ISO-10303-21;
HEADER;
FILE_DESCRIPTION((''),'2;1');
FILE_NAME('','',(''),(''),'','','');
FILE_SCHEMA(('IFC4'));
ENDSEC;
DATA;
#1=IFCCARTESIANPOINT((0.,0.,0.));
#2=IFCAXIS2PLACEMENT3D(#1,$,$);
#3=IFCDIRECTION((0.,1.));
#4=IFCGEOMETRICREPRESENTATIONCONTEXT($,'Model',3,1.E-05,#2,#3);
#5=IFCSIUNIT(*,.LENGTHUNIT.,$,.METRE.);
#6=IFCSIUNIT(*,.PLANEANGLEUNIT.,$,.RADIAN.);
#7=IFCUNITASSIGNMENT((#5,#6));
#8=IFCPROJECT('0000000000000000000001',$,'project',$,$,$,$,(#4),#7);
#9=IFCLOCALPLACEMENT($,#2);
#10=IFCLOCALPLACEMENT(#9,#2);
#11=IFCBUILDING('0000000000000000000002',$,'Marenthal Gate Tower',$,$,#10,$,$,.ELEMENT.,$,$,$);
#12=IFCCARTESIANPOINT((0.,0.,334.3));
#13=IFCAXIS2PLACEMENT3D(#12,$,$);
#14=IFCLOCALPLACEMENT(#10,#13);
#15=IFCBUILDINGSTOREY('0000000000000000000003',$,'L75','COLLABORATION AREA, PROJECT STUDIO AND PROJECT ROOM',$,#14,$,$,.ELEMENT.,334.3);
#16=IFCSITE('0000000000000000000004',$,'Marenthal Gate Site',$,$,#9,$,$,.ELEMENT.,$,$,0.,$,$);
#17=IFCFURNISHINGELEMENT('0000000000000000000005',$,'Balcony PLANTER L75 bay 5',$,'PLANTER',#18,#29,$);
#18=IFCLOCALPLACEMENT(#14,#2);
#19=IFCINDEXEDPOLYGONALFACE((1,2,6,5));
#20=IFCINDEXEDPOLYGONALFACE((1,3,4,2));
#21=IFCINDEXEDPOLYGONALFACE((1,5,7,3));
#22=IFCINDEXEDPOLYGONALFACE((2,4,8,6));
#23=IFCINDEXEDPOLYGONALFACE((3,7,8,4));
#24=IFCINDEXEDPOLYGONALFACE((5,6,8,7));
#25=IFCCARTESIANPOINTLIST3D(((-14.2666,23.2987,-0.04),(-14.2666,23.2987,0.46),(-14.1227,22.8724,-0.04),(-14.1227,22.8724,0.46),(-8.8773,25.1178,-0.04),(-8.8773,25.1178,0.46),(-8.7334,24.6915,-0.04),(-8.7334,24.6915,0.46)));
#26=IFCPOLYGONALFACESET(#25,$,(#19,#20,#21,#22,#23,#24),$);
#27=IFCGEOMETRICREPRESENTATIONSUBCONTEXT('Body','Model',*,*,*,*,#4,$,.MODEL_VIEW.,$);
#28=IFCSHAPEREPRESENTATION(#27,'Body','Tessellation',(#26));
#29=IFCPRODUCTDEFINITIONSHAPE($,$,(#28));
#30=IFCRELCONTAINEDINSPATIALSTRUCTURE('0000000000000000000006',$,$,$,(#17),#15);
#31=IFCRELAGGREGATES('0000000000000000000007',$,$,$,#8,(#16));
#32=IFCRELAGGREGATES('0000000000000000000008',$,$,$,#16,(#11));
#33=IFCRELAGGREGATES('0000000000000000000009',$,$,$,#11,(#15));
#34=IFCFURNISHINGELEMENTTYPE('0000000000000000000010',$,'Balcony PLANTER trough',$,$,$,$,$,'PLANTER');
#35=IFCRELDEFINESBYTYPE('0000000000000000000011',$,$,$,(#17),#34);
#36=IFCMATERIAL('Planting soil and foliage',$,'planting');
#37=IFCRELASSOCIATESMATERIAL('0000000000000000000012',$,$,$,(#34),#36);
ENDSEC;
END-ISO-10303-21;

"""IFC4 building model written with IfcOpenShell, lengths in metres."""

from ifc_helpers import new_model, si_unit, direction, frame, origin, origin_2d, place, context, subcontext, project, spatial, rectangle, extrude, material, type_object, element, save


model = new_model("IFC4")

# Units and contexts
model_context = context("Model", 3, precision=1e-05, world=origin(), true_north=direction((0.0, 1.0)))
body_context = subcontext(model_context, "Body", "Model", "MODEL_VIEW")
ifc_project = project(units=[si_unit("LENGTHUNIT", "METRE"), si_unit("PLANEANGLEUNIT", "RADIAN")], contexts=[model_context])

# Site, building, storey
site_placement = place(None, origin())
site = spatial("IfcSite", under=ifc_project, at=site_placement, Name="Marenthal Gate Site", CompositionType="ELEMENT", RefElevation=0.0)
building_placement = place(site_placement, origin())
building = spatial("IfcBuilding", under=site, at=building_placement, Name="Marenthal Gate Tower", CompositionType="ELEMENT")
storey_placement = place(building_placement, frame((0.0, 0.0, 334.3)))
storey = spatial("IfcBuildingStorey", under=building, at=storey_placement, Name="L75", Description="COLLABORATION AREA, PROJECT STUDIO AND PROJECT ROOM", CompositionType="ELEMENT", Elevation=334.3)

# Furnishing element
ifc_material_1 = material(Name="Planting soil and foliage", Category="planting")
furnishing_element_type = type_object("IfcFurnishingElementType", Name="Balcony PLANTER trough", ElementType="PLANTER", material=ifc_material_1)
furnishing_placement = place(storey_placement, frame((-11.5, 23.9951, -0.04), z_axis=(0.0, 0.0, 1.0), x_axis=(-0.947479, -0.319818, 0.0)))
element("IfcFurnishingElement", 1, at=furnishing_placement, inside=storey, type_object=furnishing_element_type, Name="Balcony PLANTER L75 bay 5", ObjectType="PLANTER", context=body_context, shape_type="SweptSolid", body=[
    extrude(rectangle(XDim=5.688, YDim=0.45, at=origin_2d()), origin(), (0.0, 0.0, 1.0), 0.5),
])

save(model, "model.ifc")
